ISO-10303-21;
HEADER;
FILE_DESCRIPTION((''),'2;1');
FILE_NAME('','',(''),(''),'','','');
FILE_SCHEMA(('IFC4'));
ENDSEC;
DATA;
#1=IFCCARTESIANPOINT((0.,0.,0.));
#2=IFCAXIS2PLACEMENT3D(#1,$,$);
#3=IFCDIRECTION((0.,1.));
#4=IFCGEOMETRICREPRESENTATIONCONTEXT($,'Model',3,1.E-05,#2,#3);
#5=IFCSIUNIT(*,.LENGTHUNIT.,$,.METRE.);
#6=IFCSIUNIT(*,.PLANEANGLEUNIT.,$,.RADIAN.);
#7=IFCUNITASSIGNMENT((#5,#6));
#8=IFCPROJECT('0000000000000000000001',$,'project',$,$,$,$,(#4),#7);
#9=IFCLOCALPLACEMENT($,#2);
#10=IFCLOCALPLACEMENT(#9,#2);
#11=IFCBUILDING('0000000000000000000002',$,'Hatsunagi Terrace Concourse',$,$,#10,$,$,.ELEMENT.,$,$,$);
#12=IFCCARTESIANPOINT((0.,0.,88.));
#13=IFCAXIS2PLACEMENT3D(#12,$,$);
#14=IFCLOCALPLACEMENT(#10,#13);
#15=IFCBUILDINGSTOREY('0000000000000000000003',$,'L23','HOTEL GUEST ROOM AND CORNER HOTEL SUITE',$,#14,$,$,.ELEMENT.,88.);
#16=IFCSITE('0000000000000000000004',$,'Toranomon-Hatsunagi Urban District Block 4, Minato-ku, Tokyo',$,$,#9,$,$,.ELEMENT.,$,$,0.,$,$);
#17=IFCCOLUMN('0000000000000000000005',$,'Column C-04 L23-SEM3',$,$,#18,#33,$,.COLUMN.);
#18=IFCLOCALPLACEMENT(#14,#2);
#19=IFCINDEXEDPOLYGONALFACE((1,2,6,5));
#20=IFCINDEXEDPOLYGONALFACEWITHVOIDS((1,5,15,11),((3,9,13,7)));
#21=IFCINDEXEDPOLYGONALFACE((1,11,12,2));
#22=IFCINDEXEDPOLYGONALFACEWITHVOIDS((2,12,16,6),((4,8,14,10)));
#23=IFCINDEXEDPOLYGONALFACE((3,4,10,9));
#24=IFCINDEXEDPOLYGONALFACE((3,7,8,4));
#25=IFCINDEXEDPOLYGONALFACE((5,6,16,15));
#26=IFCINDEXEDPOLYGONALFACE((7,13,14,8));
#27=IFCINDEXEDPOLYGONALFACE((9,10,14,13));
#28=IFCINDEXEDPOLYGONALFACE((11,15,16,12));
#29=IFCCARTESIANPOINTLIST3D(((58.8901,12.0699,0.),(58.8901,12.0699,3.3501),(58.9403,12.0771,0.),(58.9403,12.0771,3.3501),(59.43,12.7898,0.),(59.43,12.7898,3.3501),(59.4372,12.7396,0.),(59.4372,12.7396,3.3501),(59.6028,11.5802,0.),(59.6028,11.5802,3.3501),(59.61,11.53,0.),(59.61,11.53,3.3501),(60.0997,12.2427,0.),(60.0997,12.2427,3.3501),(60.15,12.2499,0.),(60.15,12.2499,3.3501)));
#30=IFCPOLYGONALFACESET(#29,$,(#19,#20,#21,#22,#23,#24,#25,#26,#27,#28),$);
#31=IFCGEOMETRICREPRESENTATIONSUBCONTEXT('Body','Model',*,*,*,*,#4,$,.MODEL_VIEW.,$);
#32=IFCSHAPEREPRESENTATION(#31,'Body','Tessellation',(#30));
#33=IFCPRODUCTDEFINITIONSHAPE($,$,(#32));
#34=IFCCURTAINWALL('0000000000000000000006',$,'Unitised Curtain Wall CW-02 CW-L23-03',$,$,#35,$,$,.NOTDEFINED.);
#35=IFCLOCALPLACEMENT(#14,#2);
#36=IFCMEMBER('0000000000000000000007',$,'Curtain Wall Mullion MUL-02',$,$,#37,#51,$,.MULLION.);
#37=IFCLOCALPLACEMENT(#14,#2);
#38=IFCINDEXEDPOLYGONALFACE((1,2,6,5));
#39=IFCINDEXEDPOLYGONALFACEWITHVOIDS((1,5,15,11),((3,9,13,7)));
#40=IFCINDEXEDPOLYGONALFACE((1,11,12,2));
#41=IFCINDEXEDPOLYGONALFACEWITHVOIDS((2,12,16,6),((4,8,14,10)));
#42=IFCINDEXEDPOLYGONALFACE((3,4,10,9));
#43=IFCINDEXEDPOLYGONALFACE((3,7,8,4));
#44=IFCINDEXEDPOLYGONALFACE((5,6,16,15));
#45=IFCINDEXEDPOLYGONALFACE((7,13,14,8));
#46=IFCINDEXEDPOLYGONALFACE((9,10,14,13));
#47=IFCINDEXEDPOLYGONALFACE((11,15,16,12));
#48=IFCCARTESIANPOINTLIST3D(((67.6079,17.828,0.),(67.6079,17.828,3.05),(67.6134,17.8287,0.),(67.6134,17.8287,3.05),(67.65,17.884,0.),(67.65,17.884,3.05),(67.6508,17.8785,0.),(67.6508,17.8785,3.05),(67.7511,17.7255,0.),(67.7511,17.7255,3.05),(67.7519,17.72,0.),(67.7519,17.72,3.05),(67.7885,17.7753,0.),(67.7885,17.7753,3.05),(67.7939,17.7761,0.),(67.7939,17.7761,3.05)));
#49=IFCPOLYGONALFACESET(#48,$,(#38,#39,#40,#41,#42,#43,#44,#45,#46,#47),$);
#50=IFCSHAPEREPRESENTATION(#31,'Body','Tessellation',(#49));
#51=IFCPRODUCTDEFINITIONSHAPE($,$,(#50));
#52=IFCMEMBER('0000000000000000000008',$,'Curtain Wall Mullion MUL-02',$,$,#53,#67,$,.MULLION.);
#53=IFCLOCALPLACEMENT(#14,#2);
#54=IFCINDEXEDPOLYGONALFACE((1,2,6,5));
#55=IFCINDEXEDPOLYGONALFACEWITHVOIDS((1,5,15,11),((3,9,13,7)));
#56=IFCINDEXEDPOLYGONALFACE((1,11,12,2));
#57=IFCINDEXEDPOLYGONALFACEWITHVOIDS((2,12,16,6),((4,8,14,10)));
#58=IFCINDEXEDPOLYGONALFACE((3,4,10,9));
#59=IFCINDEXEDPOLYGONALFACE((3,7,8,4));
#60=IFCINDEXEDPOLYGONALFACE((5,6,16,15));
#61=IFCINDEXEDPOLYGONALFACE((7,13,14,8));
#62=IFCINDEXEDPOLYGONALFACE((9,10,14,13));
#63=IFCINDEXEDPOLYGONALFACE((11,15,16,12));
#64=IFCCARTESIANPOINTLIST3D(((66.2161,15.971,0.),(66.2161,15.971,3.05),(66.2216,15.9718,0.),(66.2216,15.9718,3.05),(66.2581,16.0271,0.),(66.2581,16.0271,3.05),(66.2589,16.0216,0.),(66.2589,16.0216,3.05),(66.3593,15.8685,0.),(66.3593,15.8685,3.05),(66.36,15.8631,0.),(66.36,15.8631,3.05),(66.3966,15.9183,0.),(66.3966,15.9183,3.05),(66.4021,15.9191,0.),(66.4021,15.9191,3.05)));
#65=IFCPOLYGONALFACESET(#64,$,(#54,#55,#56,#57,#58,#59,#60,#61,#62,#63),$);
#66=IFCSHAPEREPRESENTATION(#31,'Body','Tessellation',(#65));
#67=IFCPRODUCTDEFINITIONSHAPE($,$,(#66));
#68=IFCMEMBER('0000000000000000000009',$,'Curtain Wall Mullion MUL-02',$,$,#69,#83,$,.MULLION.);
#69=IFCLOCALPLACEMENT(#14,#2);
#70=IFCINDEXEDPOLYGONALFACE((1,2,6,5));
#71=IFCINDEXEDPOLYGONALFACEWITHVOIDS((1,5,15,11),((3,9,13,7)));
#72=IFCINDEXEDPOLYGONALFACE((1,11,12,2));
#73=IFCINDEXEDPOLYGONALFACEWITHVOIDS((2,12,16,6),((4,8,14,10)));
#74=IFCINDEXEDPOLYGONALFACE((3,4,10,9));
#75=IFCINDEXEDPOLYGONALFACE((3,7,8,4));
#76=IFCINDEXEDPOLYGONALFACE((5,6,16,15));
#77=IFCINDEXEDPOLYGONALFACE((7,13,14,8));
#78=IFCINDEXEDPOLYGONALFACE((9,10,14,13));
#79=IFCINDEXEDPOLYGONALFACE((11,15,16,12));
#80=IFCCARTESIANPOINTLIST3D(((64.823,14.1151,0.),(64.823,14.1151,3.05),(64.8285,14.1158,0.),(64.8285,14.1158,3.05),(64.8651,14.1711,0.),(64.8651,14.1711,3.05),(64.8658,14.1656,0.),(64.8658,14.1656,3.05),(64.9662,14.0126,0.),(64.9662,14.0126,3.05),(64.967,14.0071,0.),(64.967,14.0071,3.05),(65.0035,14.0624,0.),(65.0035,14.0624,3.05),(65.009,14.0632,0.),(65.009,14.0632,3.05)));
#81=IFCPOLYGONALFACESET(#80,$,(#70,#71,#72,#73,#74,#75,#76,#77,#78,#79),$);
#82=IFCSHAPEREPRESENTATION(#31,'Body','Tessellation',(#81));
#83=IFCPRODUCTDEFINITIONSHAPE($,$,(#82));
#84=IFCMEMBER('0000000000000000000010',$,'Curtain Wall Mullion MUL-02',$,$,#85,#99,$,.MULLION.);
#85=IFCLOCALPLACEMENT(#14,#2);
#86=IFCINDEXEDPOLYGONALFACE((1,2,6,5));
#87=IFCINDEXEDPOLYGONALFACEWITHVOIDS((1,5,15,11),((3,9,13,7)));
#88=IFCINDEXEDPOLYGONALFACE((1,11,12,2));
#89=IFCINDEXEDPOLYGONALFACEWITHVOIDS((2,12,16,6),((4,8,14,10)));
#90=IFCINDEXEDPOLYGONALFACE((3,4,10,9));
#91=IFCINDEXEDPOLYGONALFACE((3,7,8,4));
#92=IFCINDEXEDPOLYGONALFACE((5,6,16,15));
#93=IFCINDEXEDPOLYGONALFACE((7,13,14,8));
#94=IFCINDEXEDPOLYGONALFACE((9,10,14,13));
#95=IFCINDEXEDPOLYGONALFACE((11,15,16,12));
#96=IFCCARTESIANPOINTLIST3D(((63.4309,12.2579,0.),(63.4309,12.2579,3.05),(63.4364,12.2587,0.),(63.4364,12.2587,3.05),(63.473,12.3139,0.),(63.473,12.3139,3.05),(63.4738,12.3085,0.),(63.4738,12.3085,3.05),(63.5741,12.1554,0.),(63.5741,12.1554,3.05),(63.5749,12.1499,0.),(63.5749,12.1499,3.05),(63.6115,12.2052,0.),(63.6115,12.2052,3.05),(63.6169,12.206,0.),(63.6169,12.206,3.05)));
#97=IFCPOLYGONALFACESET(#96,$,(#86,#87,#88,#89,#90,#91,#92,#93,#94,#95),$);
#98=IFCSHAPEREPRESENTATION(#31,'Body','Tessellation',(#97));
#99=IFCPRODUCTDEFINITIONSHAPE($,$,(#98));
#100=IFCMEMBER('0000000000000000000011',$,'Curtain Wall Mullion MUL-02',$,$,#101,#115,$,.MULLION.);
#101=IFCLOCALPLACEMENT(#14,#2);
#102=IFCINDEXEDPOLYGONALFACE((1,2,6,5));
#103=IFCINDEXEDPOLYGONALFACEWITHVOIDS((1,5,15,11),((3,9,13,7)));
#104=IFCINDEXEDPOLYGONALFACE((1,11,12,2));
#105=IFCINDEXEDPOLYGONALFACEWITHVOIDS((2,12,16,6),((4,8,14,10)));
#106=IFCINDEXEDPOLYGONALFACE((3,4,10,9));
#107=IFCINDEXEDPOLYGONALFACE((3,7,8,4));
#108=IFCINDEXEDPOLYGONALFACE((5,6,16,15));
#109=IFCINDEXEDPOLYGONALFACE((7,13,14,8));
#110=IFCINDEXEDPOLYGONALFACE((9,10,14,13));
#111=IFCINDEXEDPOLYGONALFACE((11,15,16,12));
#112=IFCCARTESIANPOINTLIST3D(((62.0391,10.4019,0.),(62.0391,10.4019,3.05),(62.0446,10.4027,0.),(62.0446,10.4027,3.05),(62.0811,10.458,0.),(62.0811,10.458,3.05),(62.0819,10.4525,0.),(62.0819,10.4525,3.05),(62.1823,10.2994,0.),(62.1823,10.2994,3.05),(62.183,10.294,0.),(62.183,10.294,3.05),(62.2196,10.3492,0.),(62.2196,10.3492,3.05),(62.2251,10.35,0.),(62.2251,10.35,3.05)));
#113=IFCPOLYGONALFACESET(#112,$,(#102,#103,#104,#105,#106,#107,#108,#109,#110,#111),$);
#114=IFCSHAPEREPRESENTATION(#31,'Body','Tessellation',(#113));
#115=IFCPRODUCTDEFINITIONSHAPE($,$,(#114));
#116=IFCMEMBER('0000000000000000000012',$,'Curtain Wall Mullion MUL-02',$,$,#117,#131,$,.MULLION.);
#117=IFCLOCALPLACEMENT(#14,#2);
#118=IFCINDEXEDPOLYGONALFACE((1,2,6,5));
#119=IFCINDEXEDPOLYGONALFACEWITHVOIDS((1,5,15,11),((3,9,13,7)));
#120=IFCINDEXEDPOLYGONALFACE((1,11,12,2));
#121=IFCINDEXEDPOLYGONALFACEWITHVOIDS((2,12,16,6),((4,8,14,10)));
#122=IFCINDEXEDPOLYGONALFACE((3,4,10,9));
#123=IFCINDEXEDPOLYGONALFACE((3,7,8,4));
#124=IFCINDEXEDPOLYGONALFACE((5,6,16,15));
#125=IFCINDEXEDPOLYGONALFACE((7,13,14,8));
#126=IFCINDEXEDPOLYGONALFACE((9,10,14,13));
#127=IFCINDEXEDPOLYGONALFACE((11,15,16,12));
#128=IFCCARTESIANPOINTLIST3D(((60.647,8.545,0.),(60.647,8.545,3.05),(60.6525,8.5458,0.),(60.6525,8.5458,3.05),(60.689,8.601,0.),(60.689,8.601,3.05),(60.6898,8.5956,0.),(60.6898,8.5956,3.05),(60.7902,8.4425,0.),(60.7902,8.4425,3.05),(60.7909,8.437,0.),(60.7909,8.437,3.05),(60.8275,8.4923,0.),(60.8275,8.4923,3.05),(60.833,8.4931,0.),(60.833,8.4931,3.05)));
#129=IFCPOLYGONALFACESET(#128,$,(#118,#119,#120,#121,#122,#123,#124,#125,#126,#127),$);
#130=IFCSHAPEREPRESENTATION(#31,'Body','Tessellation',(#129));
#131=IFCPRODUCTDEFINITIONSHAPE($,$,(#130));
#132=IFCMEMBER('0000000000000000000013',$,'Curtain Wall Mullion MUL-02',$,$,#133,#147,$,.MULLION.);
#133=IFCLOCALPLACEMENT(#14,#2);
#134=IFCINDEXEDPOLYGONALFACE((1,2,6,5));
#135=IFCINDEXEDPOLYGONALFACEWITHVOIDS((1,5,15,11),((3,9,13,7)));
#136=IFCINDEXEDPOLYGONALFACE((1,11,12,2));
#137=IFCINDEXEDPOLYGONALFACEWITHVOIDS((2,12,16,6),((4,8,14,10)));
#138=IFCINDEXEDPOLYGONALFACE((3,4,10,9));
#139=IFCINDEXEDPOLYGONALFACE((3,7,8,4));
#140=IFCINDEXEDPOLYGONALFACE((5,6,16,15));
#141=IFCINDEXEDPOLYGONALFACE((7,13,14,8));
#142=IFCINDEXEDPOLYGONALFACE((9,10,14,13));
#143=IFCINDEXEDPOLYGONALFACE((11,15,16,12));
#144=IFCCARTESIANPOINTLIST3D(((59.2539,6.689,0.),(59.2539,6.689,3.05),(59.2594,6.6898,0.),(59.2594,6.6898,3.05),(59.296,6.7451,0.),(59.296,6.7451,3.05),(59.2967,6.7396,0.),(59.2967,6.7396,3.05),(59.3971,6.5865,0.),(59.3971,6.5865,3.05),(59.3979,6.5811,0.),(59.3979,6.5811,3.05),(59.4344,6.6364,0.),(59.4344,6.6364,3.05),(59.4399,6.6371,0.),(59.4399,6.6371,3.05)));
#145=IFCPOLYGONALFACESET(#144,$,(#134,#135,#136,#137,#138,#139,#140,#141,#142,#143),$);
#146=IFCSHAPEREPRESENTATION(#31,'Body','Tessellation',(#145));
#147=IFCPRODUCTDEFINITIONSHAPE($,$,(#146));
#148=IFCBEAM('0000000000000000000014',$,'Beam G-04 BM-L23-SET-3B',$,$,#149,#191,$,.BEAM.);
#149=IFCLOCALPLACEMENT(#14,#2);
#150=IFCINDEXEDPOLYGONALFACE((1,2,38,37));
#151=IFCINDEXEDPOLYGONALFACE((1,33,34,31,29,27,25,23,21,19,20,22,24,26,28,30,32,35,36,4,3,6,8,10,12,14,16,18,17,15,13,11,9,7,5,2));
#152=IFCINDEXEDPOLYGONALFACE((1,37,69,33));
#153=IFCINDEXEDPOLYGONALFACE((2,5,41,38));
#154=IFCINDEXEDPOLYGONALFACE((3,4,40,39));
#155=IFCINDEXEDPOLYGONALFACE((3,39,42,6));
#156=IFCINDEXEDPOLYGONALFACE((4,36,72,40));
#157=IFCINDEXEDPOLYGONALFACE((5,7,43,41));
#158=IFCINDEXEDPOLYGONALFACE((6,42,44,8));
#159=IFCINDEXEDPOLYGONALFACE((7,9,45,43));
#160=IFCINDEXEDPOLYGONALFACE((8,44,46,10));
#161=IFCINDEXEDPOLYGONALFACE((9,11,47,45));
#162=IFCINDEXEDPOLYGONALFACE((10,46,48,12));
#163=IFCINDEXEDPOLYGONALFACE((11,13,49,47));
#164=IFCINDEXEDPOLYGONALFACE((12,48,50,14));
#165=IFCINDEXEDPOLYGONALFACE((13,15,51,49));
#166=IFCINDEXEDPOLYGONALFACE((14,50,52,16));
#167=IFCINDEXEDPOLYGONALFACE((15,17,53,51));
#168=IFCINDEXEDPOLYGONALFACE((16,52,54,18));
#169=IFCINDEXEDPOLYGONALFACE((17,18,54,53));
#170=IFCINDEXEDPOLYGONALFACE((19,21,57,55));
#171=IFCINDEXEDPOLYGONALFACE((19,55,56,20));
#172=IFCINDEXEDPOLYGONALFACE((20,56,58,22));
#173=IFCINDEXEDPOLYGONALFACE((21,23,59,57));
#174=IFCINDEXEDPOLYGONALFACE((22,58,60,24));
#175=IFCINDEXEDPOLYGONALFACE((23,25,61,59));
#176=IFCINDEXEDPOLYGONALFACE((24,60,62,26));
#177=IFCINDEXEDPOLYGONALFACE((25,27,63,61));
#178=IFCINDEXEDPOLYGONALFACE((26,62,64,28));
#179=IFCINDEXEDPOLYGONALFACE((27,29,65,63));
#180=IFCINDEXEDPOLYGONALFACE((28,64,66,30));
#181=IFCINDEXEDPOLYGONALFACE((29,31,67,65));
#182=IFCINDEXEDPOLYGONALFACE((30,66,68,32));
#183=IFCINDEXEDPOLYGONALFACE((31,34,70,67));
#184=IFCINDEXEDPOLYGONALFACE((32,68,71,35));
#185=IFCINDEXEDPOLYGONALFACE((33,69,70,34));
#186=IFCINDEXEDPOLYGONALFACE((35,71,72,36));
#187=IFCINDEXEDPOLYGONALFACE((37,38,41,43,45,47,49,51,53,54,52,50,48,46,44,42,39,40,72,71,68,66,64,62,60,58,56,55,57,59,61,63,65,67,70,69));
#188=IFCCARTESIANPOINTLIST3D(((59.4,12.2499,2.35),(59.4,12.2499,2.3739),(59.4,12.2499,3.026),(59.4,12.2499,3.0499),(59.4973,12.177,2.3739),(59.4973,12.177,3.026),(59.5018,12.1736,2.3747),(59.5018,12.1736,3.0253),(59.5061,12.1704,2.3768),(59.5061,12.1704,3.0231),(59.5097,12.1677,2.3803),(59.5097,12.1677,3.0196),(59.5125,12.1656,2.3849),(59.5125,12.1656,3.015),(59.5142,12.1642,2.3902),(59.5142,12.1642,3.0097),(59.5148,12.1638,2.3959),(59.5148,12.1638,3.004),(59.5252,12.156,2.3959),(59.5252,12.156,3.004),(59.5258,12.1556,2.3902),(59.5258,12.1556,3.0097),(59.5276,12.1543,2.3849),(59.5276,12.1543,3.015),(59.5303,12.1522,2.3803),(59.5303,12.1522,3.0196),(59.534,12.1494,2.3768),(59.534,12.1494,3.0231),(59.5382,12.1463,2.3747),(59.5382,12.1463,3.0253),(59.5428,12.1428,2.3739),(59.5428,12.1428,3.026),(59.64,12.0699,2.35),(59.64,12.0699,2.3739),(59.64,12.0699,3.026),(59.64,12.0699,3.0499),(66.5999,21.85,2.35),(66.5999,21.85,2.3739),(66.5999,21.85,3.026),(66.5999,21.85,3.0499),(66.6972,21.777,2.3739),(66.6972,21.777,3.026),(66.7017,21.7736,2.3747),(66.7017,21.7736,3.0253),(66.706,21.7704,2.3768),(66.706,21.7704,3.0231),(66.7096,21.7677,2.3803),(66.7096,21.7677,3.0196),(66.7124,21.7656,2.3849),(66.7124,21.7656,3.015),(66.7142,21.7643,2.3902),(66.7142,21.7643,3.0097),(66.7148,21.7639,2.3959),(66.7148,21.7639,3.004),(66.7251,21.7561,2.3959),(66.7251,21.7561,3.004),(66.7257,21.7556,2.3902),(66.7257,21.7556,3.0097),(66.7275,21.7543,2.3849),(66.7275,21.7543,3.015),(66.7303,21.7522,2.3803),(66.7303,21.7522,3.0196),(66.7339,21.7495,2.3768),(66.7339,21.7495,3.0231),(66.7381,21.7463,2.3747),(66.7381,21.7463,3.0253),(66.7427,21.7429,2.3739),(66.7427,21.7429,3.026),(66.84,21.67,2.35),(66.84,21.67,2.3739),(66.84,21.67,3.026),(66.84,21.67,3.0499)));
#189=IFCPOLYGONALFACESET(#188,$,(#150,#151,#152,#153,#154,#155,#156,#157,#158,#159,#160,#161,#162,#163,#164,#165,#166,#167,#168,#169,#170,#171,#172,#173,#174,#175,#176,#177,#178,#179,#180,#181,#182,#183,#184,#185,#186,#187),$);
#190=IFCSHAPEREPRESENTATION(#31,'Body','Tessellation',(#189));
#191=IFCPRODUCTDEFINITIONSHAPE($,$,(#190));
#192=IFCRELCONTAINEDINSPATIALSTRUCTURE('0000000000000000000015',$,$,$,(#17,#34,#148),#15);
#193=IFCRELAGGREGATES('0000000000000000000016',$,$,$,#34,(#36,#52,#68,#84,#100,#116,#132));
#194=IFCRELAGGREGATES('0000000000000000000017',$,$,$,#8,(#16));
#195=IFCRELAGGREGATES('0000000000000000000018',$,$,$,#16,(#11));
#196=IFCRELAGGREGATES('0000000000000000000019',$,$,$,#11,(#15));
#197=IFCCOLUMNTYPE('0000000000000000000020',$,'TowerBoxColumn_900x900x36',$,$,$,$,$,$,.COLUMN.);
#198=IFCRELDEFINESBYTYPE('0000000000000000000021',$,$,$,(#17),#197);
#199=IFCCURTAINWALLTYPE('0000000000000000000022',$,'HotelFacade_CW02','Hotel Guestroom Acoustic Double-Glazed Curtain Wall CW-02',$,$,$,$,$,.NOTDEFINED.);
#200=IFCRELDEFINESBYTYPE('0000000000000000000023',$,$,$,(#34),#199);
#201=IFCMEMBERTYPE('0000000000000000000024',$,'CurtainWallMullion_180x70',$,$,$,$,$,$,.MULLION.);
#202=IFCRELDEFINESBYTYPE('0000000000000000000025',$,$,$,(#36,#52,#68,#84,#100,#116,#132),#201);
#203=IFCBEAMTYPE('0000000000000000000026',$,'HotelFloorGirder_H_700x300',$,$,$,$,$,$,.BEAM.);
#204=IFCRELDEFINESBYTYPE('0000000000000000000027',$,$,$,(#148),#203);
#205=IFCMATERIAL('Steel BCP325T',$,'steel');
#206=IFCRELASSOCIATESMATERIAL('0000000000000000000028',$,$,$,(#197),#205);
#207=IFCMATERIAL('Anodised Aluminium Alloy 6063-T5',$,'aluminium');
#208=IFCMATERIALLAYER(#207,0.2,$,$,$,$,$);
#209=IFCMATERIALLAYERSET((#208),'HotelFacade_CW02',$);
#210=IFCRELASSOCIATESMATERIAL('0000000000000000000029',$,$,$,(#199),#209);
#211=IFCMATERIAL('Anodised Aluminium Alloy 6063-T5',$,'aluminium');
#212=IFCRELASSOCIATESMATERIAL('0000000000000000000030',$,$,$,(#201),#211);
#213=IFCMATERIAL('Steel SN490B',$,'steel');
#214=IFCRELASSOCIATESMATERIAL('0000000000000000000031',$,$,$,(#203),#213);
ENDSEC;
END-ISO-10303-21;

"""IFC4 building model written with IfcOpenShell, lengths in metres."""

from ifc_helpers import new_model, si_unit, direction, frame, origin, origin_2d, place, context, subcontext, project, spatial, hollow_rectangle, i_section, extrude, material, layer, layer_set, material_profile, profile_set, type_object, element, aggregate, save


model = new_model("IFC4")

# Units and contexts
model_context = context("Model", 3, precision=1e-05, world=origin(), true_north=direction((0.0, 1.0)))
body_context = subcontext(model_context, "Body", "Model", "MODEL_VIEW")
ifc_project = project(units=[si_unit("LENGTHUNIT", "METRE"), si_unit("PLANEANGLEUNIT", "RADIAN")], contexts=[model_context])

# Site, building, storey
site_placement = place(None, origin())
site = spatial("IfcSite", under=ifc_project, at=site_placement, Name="Toranomon-Hatsunagi Urban District Block 4, Minato-ku, Tokyo", CompositionType="ELEMENT", RefElevation=0.0)
building_placement = place(site_placement, origin())
building = spatial("IfcBuilding", under=site, at=building_placement, Name="Hatsunagi Terrace Concourse", CompositionType="ELEMENT")
storey_placement = place(building_placement, frame((0.0, 0.0, 88.0)))
storey = spatial("IfcBuildingStorey", under=building, at=storey_placement, Name="L23", Description="HOTEL GUEST ROOM AND CORNER HOTEL SUITE", CompositionType="ELEMENT", Elevation=88.0)

# Column
ifc_material_1 = material(Name="Steel BCP325T", Category="steel")
ifc_material_profile_1 = material_profile(ifc_material_1, hollow_rectangle(XDim=0.8999, YDim=0.8999, WallThickness=0.0359, at=origin_2d()), Name="BCP-900x900x36")
ifc_profile_set_1 = profile_set([ifc_material_profile_1], Name="Steel BCP325T")
column_type = type_object("IfcColumnType", Name="TowerBoxColumn_900x900x36", PredefinedType="COLUMN", material=ifc_profile_set_1)
column_placement = place(storey_placement, frame((59.52, 12.1599, 0.0), z_axis=(0.0, 0.0, 1.0), x_axis=(0.8, -0.6, 0.0)))
element("IfcColumn", 1, at=column_placement, inside=storey, type_object=column_type, Name="Column C-04 L23-SEM3", PredefinedType="COLUMN", context=body_context, shape_type="SweptSolid", body=[
    extrude(hollow_rectangle(XDim=0.8999, YDim=0.8999, WallThickness=0.0359, at=origin_2d()), origin(), (0.0, 0.0, 1.0), 3.3501),
])

# Curtain wall, members
ifc_material_2 = material(Name="Anodised Aluminium Alloy 6063-T5", Category="aluminium")
ifc_layer_1 = layer(ifc_material_2, 0.2)
ifc_layer_set_1 = layer_set([ifc_layer_1], Name="HotelFacade_CW02")
curtain_wall_type = type_object("IfcCurtainWallType", Name="HotelFacade_CW02", Description="Hotel Guestroom Acoustic Double-Glazed Curtain Wall CW-02", PredefinedType="NOTDEFINED", material=ifc_layer_set_1)
curtain_wall_placement = place(storey_placement, origin())
curtain_wall = element("IfcCurtainWall", 2, at=curtain_wall_placement, inside=storey, type_object=curtain_wall_type, Name="Unitised Curtain Wall CW-02 CW-L23-03", PredefinedType="NOTDEFINED")
ifc_material_3 = material(Name="Anodised Aluminium Alloy 6063-T5", Category="aluminium")
ifc_material_profile_2 = material_profile(ifc_material_3, hollow_rectangle(XDim=0.0701, YDim=0.1799, WallThickness=0.0039, at=origin_2d()), Name="ALU-MUL-180x70x4")
ifc_profile_set_2 = profile_set([ifc_material_profile_2], Name="Anodised Aluminium Alloy 6063-T5")
member_type = type_object("IfcMemberType", Name="CurtainWallMullion_180x70", PredefinedType="MULLION", material=ifc_profile_set_2)
member_1_placement = place(storey_placement, frame((67.7009, 17.802, 0.0), z_axis=(0.0, 0.0, 1.0), x_axis=(-0.599969, -0.800023, 0.0)))
member_1 = element("IfcMember", 3, at=member_1_placement, type_object=member_type, Name="Curtain Wall Mullion MUL-02", PredefinedType="MULLION", context=body_context, shape_type="SweptSolid", body=[
    extrude(hollow_rectangle(XDim=0.0701, YDim=0.1799, WallThickness=0.0039, at=origin_2d()), origin(), (0.0, 0.0, 1.0), 3.05),
])
member_2_placement = place(storey_placement, frame((66.3091, 15.9451, 0.0), z_axis=(0.0, 0.0, 1.0), x_axis=(-0.599969, -0.800023, 0.0)))
member_2 = element("IfcMember", 4, at=member_2_placement, type_object=member_type, Name="Curtain Wall Mullion MUL-02", PredefinedType="MULLION", context=body_context, shape_type="SweptSolid", body=[
    extrude(hollow_rectangle(XDim=0.0701, YDim=0.1799, WallThickness=0.0039, at=origin_2d()), origin(), (0.0, 0.0, 1.0), 3.05),
])
member_3_placement = place(storey_placement, frame((64.916, 14.0891, 0.0), z_axis=(0.0, 0.0, 1.0), x_axis=(-0.599969, -0.800023, 0.0)))
member_3 = element("IfcMember", 5, at=member_3_placement, type_object=member_type, Name="Curtain Wall Mullion MUL-02", PredefinedType="MULLION", context=body_context, shape_type="SweptSolid", body=[
    extrude(hollow_rectangle(XDim=0.0701, YDim=0.1799, WallThickness=0.0039, at=origin_2d()), origin(), (0.0, 0.0, 1.0), 3.05),
])
member_4_placement = place(storey_placement, frame((63.5239, 12.2319, 0.0), z_axis=(0.0, 0.0, 1.0), x_axis=(-0.599969, -0.800023, 0.0)))
member_4 = element("IfcMember", 6, at=member_4_placement, type_object=member_type, Name="Curtain Wall Mullion MUL-02", PredefinedType="MULLION", context=body_context, shape_type="SweptSolid", body=[
    extrude(hollow_rectangle(XDim=0.0701, YDim=0.1799, WallThickness=0.0039, at=origin_2d()), origin(), (0.0, 0.0, 1.0), 3.05),
])
member_5_placement = place(storey_placement, frame((62.1321, 10.376, 0.0), z_axis=(0.0, 0.0, 1.0), x_axis=(-0.599969, -0.800023, 0.0)))
member_5 = element("IfcMember", 7, at=member_5_placement, type_object=member_type, Name="Curtain Wall Mullion MUL-02", PredefinedType="MULLION", context=body_context, shape_type="SweptSolid", body=[
    extrude(hollow_rectangle(XDim=0.0701, YDim=0.1799, WallThickness=0.0039, at=origin_2d()), origin(), (0.0, 0.0, 1.0), 3.05),
])
member_6_placement = place(storey_placement, frame((60.74, 8.519, 0.0), z_axis=(0.0, 0.0, 1.0), x_axis=(-0.599969, -0.800023, 0.0)))
member_6 = element("IfcMember", 8, at=member_6_placement, type_object=member_type, Name="Curtain Wall Mullion MUL-02", PredefinedType="MULLION", context=body_context, shape_type="SweptSolid", body=[
    extrude(hollow_rectangle(XDim=0.0701, YDim=0.1799, WallThickness=0.0039, at=origin_2d()), origin(), (0.0, 0.0, 1.0), 3.05),
])
member_7_placement = place(storey_placement, frame((59.3469, 6.6631, 0.0), z_axis=(0.0, 0.0, 1.0), x_axis=(-0.599969, -0.800023, 0.0)))
member_7 = element("IfcMember", 9, at=member_7_placement, type_object=member_type, Name="Curtain Wall Mullion MUL-02", PredefinedType="MULLION", context=body_context, shape_type="SweptSolid", body=[
    extrude(hollow_rectangle(XDim=0.0701, YDim=0.1799, WallThickness=0.0039, at=origin_2d()), origin(), (0.0, 0.0, 1.0), 3.05),
])

# Beam
ifc_material_4 = material(Name="Steel SN490B", Category="steel")
ifc_material_profile_3 = material_profile(ifc_material_4, i_section(OverallWidth=0.3, OverallDepth=0.7, WebThickness=0.0129, FlangeThickness=0.0239, FilletRadius=0.022, at=origin_2d()), Name="H-700x300x13x24")
ifc_profile_set_3 = profile_set([ifc_material_profile_3], Name="Steel SN490B")
beam_type = type_object("IfcBeamType", Name="HotelFloorGirder_H_700x300", PredefinedType="BEAM", material=ifc_profile_set_3)
beam_placement = place(storey_placement, frame((59.52, 12.1599, 2.7), z_axis=(0.599993, 0.800005, 0.0), x_axis=(-0.800005, 0.599993, 0.0)))
element("IfcBeam", 10, at=beam_placement, inside=storey, type_object=beam_type, Name="Beam G-04 BM-L23-SET-3B", PredefinedType="BEAM", context=body_context, shape_type="SweptSolid", body=[
    extrude(i_section(OverallWidth=0.3, OverallDepth=0.7, WebThickness=0.0129, FlangeThickness=0.0239, FilletRadius=0.022, at=origin_2d()), origin(), (0.0, 0.0, 1.0), 12.0),
])

aggregate(curtain_wall, [member_1, member_2, member_3, member_4, member_5, member_6, member_7])

save(model, "model.ifc")
